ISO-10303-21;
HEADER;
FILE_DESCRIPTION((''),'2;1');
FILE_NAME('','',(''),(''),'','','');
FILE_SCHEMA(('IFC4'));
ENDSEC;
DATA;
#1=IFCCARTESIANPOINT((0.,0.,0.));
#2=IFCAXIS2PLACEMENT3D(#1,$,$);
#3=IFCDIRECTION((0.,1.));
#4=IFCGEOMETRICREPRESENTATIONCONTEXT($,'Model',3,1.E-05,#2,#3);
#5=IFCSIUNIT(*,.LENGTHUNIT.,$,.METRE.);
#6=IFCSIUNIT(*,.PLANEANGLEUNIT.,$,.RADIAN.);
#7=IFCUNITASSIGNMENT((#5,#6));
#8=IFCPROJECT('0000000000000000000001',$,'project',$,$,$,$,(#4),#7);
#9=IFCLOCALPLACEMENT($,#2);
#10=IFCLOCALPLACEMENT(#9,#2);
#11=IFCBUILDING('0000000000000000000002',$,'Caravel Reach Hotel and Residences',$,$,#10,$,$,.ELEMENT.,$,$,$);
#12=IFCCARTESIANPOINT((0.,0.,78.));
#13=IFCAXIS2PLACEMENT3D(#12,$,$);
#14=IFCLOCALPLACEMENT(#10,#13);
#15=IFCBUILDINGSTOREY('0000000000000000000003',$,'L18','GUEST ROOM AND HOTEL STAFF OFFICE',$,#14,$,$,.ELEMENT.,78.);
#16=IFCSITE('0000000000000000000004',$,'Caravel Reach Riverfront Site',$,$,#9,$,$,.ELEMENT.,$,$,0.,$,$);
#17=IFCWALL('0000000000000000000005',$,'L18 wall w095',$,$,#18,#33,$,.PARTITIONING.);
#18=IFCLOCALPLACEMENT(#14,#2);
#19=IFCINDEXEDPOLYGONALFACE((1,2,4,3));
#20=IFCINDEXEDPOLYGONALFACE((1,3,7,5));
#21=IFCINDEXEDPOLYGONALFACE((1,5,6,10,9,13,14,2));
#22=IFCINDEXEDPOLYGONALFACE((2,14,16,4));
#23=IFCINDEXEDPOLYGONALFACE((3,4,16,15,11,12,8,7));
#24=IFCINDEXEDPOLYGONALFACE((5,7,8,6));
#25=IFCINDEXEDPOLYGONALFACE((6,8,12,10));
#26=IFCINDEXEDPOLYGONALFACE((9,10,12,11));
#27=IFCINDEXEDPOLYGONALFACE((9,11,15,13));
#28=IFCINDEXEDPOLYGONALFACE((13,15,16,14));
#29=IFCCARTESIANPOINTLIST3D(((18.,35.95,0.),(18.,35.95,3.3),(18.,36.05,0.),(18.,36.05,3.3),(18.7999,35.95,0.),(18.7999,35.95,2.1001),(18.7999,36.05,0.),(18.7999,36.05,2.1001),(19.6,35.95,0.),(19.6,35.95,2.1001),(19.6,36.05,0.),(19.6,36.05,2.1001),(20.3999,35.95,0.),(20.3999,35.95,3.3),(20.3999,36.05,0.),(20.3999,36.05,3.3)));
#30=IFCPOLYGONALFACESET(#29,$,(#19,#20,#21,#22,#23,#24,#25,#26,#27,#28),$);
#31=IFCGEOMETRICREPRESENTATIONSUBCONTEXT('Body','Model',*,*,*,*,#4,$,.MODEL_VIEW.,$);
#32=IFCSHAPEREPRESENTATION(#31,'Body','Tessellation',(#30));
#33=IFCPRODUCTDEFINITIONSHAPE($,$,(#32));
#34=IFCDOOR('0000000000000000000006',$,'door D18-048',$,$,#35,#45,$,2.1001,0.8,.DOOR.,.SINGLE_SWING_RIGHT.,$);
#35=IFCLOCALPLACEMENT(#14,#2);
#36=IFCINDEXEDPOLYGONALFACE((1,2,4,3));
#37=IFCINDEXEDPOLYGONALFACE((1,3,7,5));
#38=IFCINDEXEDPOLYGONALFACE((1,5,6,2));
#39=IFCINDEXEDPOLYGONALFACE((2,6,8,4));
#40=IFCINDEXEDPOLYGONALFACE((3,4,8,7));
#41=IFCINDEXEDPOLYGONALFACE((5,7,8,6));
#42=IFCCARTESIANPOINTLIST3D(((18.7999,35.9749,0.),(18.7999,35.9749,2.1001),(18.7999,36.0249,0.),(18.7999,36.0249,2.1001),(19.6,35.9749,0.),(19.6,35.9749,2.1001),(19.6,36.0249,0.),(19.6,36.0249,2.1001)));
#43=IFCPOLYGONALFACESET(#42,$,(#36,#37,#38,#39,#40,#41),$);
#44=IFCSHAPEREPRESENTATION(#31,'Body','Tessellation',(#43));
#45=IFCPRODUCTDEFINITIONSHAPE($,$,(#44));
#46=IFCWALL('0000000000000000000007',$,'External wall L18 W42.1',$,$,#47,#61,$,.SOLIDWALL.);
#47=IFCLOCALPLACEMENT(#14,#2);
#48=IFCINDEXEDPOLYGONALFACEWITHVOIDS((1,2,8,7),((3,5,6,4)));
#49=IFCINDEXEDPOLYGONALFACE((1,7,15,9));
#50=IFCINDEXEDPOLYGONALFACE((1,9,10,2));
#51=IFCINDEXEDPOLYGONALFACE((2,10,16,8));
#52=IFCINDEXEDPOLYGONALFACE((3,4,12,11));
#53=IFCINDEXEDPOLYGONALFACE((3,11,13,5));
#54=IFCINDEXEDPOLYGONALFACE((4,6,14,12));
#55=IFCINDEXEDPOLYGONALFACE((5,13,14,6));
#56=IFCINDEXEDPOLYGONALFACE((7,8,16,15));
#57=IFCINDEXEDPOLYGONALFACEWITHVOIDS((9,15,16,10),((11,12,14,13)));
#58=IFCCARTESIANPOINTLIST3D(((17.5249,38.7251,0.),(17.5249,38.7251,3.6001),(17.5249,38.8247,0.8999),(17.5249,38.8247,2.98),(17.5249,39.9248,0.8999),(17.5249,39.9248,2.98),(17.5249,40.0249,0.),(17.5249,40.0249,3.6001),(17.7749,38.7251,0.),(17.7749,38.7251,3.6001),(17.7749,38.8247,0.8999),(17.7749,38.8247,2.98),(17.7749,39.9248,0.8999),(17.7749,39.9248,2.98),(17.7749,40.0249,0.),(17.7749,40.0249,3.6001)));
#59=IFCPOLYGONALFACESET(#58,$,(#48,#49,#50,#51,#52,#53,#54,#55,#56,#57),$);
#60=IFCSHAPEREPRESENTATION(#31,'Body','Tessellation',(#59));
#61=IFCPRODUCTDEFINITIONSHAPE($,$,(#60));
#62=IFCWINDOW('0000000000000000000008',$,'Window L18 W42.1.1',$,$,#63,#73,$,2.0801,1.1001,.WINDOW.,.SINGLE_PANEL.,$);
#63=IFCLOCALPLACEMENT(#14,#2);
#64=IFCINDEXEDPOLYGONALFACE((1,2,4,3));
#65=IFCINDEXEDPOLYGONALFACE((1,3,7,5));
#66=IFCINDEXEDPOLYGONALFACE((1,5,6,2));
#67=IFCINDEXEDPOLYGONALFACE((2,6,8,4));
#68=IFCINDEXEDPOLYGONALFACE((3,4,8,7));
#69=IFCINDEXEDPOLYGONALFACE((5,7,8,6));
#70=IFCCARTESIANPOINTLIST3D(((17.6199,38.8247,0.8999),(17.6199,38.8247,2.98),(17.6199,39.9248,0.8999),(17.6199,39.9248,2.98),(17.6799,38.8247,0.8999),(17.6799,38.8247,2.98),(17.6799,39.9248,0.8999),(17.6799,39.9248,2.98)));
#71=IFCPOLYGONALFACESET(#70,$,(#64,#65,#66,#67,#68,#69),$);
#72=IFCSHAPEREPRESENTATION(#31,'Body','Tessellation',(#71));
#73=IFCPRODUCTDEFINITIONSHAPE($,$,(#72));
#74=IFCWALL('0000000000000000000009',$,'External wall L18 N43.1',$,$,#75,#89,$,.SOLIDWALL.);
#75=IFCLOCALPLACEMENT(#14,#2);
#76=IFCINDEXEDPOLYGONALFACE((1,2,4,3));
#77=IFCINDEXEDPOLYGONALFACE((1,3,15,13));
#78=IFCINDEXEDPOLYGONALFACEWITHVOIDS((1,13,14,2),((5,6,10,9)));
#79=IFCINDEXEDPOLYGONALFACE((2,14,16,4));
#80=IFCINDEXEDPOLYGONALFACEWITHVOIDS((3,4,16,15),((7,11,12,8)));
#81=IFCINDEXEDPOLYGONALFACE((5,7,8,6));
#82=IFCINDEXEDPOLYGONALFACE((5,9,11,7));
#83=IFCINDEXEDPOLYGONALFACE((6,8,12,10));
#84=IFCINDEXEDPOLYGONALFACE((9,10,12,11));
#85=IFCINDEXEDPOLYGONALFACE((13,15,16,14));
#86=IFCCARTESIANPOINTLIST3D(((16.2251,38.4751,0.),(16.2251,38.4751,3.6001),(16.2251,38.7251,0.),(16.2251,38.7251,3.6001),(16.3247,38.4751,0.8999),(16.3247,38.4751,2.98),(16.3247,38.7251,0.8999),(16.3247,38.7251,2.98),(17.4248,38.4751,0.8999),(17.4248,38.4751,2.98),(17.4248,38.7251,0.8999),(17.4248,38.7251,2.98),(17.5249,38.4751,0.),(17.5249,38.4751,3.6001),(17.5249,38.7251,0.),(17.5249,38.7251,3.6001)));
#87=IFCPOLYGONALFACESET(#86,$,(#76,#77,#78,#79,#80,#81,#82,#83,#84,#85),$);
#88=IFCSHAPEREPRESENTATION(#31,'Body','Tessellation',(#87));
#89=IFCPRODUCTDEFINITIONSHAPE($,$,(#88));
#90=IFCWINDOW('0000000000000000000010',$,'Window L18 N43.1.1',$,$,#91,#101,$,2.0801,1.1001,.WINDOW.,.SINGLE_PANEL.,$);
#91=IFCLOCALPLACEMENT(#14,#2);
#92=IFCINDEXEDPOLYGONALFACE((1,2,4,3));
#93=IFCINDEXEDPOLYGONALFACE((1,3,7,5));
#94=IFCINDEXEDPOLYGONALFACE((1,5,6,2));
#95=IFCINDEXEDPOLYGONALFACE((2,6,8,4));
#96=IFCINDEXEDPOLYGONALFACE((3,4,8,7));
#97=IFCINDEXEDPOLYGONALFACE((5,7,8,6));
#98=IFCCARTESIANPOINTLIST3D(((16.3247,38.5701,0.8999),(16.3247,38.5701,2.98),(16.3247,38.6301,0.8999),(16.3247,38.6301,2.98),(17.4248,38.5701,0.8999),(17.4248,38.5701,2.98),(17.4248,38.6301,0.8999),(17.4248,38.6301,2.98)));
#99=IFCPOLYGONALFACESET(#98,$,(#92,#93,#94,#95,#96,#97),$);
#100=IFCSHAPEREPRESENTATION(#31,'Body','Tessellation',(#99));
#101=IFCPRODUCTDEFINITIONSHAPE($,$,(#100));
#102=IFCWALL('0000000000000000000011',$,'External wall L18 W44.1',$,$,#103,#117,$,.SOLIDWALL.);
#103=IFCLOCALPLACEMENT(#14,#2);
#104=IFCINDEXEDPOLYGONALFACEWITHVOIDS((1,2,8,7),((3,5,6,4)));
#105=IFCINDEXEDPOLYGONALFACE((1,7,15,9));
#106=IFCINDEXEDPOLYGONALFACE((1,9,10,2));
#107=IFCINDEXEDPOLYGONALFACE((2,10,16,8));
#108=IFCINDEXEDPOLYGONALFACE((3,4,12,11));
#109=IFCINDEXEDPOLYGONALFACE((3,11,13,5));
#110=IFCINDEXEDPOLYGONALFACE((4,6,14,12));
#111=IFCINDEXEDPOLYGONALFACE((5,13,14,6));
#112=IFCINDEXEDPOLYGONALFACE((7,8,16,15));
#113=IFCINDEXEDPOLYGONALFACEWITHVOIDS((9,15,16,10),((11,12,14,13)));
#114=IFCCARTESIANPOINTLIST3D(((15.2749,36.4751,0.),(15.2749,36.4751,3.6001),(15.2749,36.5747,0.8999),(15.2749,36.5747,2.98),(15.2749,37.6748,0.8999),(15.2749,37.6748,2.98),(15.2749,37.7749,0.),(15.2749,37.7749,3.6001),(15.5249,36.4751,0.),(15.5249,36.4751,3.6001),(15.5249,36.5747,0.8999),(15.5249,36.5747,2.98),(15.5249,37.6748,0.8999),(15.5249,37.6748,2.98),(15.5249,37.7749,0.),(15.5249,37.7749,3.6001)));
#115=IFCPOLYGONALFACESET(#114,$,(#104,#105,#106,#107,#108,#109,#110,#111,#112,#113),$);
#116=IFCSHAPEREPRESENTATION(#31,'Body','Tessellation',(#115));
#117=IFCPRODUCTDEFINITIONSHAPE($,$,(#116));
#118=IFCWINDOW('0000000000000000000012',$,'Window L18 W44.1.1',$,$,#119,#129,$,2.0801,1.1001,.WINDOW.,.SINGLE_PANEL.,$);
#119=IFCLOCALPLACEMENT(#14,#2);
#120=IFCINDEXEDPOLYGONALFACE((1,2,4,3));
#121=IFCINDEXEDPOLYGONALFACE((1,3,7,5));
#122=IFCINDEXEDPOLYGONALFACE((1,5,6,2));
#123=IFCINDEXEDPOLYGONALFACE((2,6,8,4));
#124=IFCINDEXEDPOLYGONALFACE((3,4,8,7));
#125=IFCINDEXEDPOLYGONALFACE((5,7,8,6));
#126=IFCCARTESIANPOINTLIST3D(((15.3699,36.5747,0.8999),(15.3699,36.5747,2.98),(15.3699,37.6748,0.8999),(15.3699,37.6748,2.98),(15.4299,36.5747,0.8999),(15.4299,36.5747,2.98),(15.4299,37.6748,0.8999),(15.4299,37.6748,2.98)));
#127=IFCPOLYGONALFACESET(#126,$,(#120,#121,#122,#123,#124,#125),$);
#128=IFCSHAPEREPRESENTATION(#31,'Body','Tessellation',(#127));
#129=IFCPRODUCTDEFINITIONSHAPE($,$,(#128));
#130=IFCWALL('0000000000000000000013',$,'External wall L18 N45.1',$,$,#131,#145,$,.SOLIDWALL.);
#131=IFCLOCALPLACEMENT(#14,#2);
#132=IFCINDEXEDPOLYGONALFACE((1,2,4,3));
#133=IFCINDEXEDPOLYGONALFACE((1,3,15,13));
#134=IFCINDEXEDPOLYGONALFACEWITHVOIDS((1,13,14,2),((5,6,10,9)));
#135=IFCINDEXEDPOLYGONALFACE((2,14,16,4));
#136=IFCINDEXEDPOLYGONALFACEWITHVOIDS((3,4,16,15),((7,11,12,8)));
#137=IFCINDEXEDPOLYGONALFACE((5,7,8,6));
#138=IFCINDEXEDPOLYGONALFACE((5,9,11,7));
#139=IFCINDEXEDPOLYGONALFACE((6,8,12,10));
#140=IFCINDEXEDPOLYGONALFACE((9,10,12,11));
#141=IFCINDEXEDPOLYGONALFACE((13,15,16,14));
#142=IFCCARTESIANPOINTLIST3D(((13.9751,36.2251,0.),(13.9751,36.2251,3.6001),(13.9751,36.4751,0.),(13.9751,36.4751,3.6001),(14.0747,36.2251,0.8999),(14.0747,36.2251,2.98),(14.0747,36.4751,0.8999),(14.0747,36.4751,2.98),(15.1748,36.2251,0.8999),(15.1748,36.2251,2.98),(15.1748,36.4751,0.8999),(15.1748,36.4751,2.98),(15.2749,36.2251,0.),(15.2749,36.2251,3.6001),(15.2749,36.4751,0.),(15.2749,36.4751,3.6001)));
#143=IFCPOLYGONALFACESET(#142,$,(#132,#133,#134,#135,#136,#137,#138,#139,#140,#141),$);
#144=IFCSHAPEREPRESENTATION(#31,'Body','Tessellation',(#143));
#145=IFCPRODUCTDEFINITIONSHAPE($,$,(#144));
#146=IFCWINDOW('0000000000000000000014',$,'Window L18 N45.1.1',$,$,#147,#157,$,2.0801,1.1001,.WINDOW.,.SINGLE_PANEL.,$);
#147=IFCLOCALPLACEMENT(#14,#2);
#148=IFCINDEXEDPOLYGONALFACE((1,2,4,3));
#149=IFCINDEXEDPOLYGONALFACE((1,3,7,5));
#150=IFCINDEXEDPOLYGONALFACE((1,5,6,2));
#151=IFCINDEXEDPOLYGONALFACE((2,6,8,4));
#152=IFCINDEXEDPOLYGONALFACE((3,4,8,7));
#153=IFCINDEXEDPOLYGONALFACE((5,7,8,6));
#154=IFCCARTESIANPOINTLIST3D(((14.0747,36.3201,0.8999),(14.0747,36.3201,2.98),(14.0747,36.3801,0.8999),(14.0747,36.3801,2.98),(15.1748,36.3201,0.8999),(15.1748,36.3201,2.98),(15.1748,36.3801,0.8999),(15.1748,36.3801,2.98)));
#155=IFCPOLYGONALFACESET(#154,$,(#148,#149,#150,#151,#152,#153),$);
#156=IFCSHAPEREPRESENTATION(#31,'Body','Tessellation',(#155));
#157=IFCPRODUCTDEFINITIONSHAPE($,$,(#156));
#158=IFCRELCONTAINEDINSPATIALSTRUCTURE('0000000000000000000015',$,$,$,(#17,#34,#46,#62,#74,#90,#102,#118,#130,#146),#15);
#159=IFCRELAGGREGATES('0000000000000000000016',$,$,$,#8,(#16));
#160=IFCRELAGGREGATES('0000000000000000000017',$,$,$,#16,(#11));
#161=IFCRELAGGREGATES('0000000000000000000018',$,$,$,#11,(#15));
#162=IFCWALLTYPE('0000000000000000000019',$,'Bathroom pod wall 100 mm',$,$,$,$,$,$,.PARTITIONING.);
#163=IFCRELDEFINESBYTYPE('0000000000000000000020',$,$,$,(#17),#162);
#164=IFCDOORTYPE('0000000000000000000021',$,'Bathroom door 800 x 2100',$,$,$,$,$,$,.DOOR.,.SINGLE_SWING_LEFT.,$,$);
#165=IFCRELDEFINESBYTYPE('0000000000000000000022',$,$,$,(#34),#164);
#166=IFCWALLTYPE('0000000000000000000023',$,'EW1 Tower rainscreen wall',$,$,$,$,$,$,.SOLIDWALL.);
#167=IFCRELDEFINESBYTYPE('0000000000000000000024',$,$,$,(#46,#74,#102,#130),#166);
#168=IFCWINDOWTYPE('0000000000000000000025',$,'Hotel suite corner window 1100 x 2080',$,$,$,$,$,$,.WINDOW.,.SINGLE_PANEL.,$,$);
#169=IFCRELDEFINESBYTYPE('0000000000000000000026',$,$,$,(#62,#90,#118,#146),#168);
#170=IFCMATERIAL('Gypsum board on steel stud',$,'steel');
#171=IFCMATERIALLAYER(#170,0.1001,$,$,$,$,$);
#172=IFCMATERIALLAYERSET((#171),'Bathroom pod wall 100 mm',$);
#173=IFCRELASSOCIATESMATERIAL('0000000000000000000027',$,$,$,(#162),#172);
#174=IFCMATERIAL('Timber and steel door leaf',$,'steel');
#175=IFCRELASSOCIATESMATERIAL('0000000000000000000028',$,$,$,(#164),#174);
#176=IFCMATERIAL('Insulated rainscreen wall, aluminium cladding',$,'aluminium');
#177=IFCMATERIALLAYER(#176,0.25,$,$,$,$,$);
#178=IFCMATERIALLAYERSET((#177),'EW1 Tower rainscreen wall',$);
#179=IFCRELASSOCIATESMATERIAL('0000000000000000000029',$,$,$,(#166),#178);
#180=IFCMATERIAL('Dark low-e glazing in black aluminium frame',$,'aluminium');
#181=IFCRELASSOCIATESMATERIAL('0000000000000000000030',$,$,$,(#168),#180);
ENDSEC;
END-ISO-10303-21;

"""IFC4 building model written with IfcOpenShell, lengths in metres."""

from ifc_helpers import new_model, si_unit, direction, frame, frame_2d, origin, place, context, subcontext, project, spatial, rectangle, extrude, material, layer, layer_set, type_object, element, fill, save


model = new_model("IFC4")

# Units and contexts
model_context = context("Model", 3, precision=1e-05, world=origin(), true_north=direction((0.0, 1.0)))
body_context = subcontext(model_context, "Body", "Model", "MODEL_VIEW")
ifc_project = project(units=[si_unit("LENGTHUNIT", "METRE"), si_unit("PLANEANGLEUNIT", "RADIAN")], contexts=[model_context])

# Site, building, storey
site_placement = place(None, origin())
site = spatial("IfcSite", under=ifc_project, at=site_placement, Name="Caravel Reach Riverfront Site", CompositionType="ELEMENT", RefElevation=0.0)
building_placement = place(site_placement, origin())
building = spatial("IfcBuilding", under=site, at=building_placement, Name="Caravel Reach Hotel and Residences", CompositionType="ELEMENT")
storey_placement = place(building_placement, frame((0.0, 0.0, 78.0)))
storey = spatial("IfcBuildingStorey", under=building, at=storey_placement, Name="L18", Description="GUEST ROOM AND HOTEL STAFF OFFICE", CompositionType="ELEMENT", Elevation=78.0)

# Wall, opening, door
ifc_material_1 = material(Name="Gypsum board on steel stud", Category="steel")
ifc_layer_1 = layer(ifc_material_1, 0.1001)
ifc_layer_set_1 = layer_set([ifc_layer_1], Name="Bathroom pod wall 100 mm")
wall_type_1 = type_object("IfcWallType", Name="Bathroom pod wall 100 mm", PredefinedType="PARTITIONING", material=ifc_layer_set_1)
wall_1_placement = place(storey_placement, frame((18.0, 36.0, 0.0), z_axis=(0.0, 0.0, 1.0), x_axis=(1.0, 0.0, 0.0)))
wall_1 = element("IfcWall", 1, at=wall_1_placement, inside=storey, type_object=wall_type_1, Name="L18 wall w095", PredefinedType="PARTITIONING", context=body_context, shape_type="SweptSolid", body=[
    extrude(rectangle(XDim=2.3999, YDim=0.1001, at=frame_2d((1.2, 0.0))), origin(), (0.0, 0.0, 1.0), 3.3),
])
opening_1_placement = place(wall_1_placement, frame((0.8, 0.0, 0.0)))
opening_1 = element("IfcOpeningElement", 2, at=opening_1_placement, cuts=wall_1, PredefinedType="OPENING", context=body_context, shape_type="SweptSolid", body=[
    extrude(rectangle(XDim=0.8, YDim=2.1001, at=frame_2d((0.3999, 1.05))), frame((0.0, 0.0601, 0.0), z_axis=(0.0, -1.0, 0.0), x_axis=(1.0, 0.0, 0.0)), (0.0, 0.0, 1.0), 0.1201),
])
ifc_material_2 = material(Name="Timber and steel door leaf", Category="steel")
door_type = type_object("IfcDoorType", Name="Bathroom door 800 x 2100", OperationType="SINGLE_SWING_LEFT", PredefinedType="DOOR", material=ifc_material_2)
door_placement = place(opening_1_placement, origin())
door = element("IfcDoor", 3, at=door_placement, inside=storey, type_object=door_type, Name="door D18-048", OperationType="SINGLE_SWING_RIGHT", OverallHeight=2.1001, OverallWidth=0.8, PredefinedType="DOOR", context=body_context, shape_type="SweptSolid", body=[
    extrude(rectangle(XDim=0.8, YDim=2.1001, at=frame_2d((0.3999, 1.05))), frame((0.0, 0.0249, 0.0), z_axis=(0.0, -1.0, 0.0), x_axis=(1.0, 0.0, 0.0)), (0.0, 0.0, 1.0), 0.05),
])
fill(opening_1, door)

# Walls, openings, windows
ifc_material_3 = material(Name="Insulated rainscreen wall, aluminium cladding", Category="aluminium")
ifc_layer_2 = layer(ifc_material_3, 0.25)
ifc_layer_set_2 = layer_set([ifc_layer_2], Name="EW1 Tower rainscreen wall")
wall_type_2 = type_object("IfcWallType", Name="EW1 Tower rainscreen wall", PredefinedType="SOLIDWALL", material=ifc_layer_set_2)
wall_2_placement = place(storey_placement, frame((17.6499, 40.0249, 0.0), z_axis=(0.0, 0.0, 1.0), x_axis=(0.0, -1.0, 0.0)))
wall_2 = element("IfcWall", 4, at=wall_2_placement, inside=storey, type_object=wall_type_2, Name="External wall L18 W42.1", PredefinedType="SOLIDWALL", context=body_context, shape_type="SweptSolid", body=[
    extrude(rectangle(XDim=1.2998, YDim=0.25, at=frame_2d((0.6499, 0.0))), origin(), (0.0, 0.0, 1.0), 3.6001),
])
opening_2_placement = place(wall_2_placement, frame((0.1001, 0.0, 0.8999)))
opening_2 = element("IfcOpeningElement", 5, at=opening_2_placement, cuts=wall_2, PredefinedType="OPENING", context=body_context, shape_type="SweptSolid", body=[
    extrude(rectangle(XDim=1.1001, YDim=2.0801, at=frame_2d((0.55, 1.04))), frame((0.0, 0.135, 0.0), z_axis=(0.0, -1.0, 0.0), x_axis=(1.0, 0.0, 0.0)), (0.0, 0.0, 1.0), 0.27),
])
ifc_material_4 = material(Name="Dark low-e glazing in black aluminium frame", Category="aluminium")
window_type_1 = type_object("IfcWindowType", Name="Hotel suite corner window 1100 x 2080", PartitioningType="SINGLE_PANEL", PredefinedType="WINDOW", material=ifc_material_4)
window_1_placement = place(opening_2_placement, origin())
window_1 = element("IfcWindow", 6, at=window_1_placement, inside=storey, type_object=window_type_1, Name="Window L18 W42.1.1", OverallHeight=2.0801, OverallWidth=1.1001, PartitioningType="SINGLE_PANEL", PredefinedType="WINDOW", context=body_context, shape_type="SweptSolid", body=[
    extrude(rectangle(XDim=1.1001, YDim=2.0801, at=frame_2d((0.55, 1.04))), frame((0.0, 0.03, 0.0), z_axis=(0.0, -1.0, 0.0), x_axis=(1.0, 0.0, 0.0)), (0.0, 0.0, 1.0), 0.0601),
])
fill(opening_2, window_1)
wall_3_placement = place(storey_placement, frame((17.5249, 38.6001, 0.0), z_axis=(0.0, 0.0, 1.0), x_axis=(-1.0, 0.0, 0.0)))
wall_3 = element("IfcWall", 7, at=wall_3_placement, inside=storey, type_object=wall_type_2, Name="External wall L18 N43.1", PredefinedType="SOLIDWALL", context=body_context, shape_type="SweptSolid", body=[
    extrude(rectangle(XDim=1.2998, YDim=0.25, at=frame_2d((0.6499, 0.0))), origin(), (0.0, 0.0, 1.0), 3.6001),
])
opening_3_placement = place(wall_3_placement, frame((0.1001, 0.0, 0.8999)))
opening_3 = element("IfcOpeningElement", 8, at=opening_3_placement, cuts=wall_3, PredefinedType="OPENING", context=body_context, shape_type="SweptSolid", body=[
    extrude(rectangle(XDim=1.1001, YDim=2.0801, at=frame_2d((0.55, 1.04))), frame((0.0, 0.135, 0.0), z_axis=(0.0, -1.0, 0.0), x_axis=(1.0, 0.0, 0.0)), (0.0, 0.0, 1.0), 0.27),
])
window_2_placement = place(opening_3_placement, origin())
window_2 = element("IfcWindow", 9, at=window_2_placement, inside=storey, type_object=window_type_1, Name="Window L18 N43.1.1", OverallHeight=2.0801, OverallWidth=1.1001, PartitioningType="SINGLE_PANEL", PredefinedType="WINDOW", context=body_context, shape_type="SweptSolid", body=[
    extrude(rectangle(XDim=1.1001, YDim=2.0801, at=frame_2d((0.55, 1.04))), frame((0.0, 0.03, 0.0), z_axis=(0.0, -1.0, 0.0), x_axis=(1.0, 0.0, 0.0)), (0.0, 0.0, 1.0), 0.0601),
])
fill(opening_3, window_2)
wall_4_placement = place(storey_placement, frame((15.3999, 37.7749, 0.0), z_axis=(0.0, 0.0, 1.0), x_axis=(0.0, -1.0, 0.0)))
wall_4 = element("IfcWall", 10, at=wall_4_placement, inside=storey, type_object=wall_type_2, Name="External wall L18 W44.1", PredefinedType="SOLIDWALL", context=body_context, shape_type="SweptSolid", body=[
    extrude(rectangle(XDim=1.2998, YDim=0.25, at=frame_2d((0.6499, 0.0))), origin(), (0.0, 0.0, 1.0), 3.6001),
])
opening_4_placement = place(wall_4_placement, frame((0.1001, 0.0, 0.8999)))
opening_4 = element("IfcOpeningElement", 11, at=opening_4_placement, cuts=wall_4, PredefinedType="OPENING", context=body_context, shape_type="SweptSolid", body=[
    extrude(rectangle(XDim=1.1001, YDim=2.0801, at=frame_2d((0.55, 1.04))), frame((0.0, 0.135, 0.0), z_axis=(0.0, -1.0, 0.0), x_axis=(1.0, 0.0, 0.0)), (0.0, 0.0, 1.0), 0.27),
])
window_3_placement = place(opening_4_placement, origin())
window_3 = element("IfcWindow", 12, at=window_3_placement, inside=storey, type_object=window_type_1, Name="Window L18 W44.1.1", OverallHeight=2.0801, OverallWidth=1.1001, PartitioningType="SINGLE_PANEL", PredefinedType="WINDOW", context=body_context, shape_type="SweptSolid", body=[
    extrude(rectangle(XDim=1.1001, YDim=2.0801, at=frame_2d((0.55, 1.04))), frame((0.0, 0.03, 0.0), z_axis=(0.0, -1.0, 0.0), x_axis=(1.0, 0.0, 0.0)), (0.0, 0.0, 1.0), 0.0601),
])
fill(opening_4, window_3)
wall_5_placement = place(storey_placement, frame((15.2749, 36.3501, 0.0), z_axis=(0.0, 0.0, 1.0), x_axis=(-1.0, 0.0, 0.0)))
wall_5 = element("IfcWall", 13, at=wall_5_placement, inside=storey, type_object=wall_type_2, Name="External wall L18 N45.1", PredefinedType="SOLIDWALL", context=body_context, shape_type="SweptSolid", body=[
    extrude(rectangle(XDim=1.2998, YDim=0.25, at=frame_2d((0.6499, 0.0))), origin(), (0.0, 0.0, 1.0), 3.6001),
])
opening_5_placement = place(wall_5_placement, frame((0.1001, 0.0, 0.8999)))
opening_5 = element("IfcOpeningElement", 14, at=opening_5_placement, cuts=wall_5, PredefinedType="OPENING", context=body_context, shape_type="SweptSolid", body=[
    extrude(rectangle(XDim=1.1001, YDim=2.0801, at=frame_2d((0.55, 1.04))), frame((0.0, 0.135, 0.0), z_axis=(0.0, -1.0, 0.0), x_axis=(1.0, 0.0, 0.0)), (0.0, 0.0, 1.0), 0.27),
])
window_4_placement = place(opening_5_placement, origin())
window_4 = element("IfcWindow", 15, at=window_4_placement, inside=storey, type_object=window_type_1, Name="Window L18 N45.1.1", OverallHeight=2.0801, OverallWidth=1.1001, PartitioningType="SINGLE_PANEL", PredefinedType="WINDOW", context=body_context, shape_type="SweptSolid", body=[
    extrude(rectangle(XDim=1.1001, YDim=2.0801, at=frame_2d((0.55, 1.04))), frame((0.0, 0.03, 0.0), z_axis=(0.0, -1.0, 0.0), x_axis=(1.0, 0.0, 0.0)), (0.0, 0.0, 1.0), 0.0601),
])
fill(opening_5, window_4)

save(model, "model.ifc")
